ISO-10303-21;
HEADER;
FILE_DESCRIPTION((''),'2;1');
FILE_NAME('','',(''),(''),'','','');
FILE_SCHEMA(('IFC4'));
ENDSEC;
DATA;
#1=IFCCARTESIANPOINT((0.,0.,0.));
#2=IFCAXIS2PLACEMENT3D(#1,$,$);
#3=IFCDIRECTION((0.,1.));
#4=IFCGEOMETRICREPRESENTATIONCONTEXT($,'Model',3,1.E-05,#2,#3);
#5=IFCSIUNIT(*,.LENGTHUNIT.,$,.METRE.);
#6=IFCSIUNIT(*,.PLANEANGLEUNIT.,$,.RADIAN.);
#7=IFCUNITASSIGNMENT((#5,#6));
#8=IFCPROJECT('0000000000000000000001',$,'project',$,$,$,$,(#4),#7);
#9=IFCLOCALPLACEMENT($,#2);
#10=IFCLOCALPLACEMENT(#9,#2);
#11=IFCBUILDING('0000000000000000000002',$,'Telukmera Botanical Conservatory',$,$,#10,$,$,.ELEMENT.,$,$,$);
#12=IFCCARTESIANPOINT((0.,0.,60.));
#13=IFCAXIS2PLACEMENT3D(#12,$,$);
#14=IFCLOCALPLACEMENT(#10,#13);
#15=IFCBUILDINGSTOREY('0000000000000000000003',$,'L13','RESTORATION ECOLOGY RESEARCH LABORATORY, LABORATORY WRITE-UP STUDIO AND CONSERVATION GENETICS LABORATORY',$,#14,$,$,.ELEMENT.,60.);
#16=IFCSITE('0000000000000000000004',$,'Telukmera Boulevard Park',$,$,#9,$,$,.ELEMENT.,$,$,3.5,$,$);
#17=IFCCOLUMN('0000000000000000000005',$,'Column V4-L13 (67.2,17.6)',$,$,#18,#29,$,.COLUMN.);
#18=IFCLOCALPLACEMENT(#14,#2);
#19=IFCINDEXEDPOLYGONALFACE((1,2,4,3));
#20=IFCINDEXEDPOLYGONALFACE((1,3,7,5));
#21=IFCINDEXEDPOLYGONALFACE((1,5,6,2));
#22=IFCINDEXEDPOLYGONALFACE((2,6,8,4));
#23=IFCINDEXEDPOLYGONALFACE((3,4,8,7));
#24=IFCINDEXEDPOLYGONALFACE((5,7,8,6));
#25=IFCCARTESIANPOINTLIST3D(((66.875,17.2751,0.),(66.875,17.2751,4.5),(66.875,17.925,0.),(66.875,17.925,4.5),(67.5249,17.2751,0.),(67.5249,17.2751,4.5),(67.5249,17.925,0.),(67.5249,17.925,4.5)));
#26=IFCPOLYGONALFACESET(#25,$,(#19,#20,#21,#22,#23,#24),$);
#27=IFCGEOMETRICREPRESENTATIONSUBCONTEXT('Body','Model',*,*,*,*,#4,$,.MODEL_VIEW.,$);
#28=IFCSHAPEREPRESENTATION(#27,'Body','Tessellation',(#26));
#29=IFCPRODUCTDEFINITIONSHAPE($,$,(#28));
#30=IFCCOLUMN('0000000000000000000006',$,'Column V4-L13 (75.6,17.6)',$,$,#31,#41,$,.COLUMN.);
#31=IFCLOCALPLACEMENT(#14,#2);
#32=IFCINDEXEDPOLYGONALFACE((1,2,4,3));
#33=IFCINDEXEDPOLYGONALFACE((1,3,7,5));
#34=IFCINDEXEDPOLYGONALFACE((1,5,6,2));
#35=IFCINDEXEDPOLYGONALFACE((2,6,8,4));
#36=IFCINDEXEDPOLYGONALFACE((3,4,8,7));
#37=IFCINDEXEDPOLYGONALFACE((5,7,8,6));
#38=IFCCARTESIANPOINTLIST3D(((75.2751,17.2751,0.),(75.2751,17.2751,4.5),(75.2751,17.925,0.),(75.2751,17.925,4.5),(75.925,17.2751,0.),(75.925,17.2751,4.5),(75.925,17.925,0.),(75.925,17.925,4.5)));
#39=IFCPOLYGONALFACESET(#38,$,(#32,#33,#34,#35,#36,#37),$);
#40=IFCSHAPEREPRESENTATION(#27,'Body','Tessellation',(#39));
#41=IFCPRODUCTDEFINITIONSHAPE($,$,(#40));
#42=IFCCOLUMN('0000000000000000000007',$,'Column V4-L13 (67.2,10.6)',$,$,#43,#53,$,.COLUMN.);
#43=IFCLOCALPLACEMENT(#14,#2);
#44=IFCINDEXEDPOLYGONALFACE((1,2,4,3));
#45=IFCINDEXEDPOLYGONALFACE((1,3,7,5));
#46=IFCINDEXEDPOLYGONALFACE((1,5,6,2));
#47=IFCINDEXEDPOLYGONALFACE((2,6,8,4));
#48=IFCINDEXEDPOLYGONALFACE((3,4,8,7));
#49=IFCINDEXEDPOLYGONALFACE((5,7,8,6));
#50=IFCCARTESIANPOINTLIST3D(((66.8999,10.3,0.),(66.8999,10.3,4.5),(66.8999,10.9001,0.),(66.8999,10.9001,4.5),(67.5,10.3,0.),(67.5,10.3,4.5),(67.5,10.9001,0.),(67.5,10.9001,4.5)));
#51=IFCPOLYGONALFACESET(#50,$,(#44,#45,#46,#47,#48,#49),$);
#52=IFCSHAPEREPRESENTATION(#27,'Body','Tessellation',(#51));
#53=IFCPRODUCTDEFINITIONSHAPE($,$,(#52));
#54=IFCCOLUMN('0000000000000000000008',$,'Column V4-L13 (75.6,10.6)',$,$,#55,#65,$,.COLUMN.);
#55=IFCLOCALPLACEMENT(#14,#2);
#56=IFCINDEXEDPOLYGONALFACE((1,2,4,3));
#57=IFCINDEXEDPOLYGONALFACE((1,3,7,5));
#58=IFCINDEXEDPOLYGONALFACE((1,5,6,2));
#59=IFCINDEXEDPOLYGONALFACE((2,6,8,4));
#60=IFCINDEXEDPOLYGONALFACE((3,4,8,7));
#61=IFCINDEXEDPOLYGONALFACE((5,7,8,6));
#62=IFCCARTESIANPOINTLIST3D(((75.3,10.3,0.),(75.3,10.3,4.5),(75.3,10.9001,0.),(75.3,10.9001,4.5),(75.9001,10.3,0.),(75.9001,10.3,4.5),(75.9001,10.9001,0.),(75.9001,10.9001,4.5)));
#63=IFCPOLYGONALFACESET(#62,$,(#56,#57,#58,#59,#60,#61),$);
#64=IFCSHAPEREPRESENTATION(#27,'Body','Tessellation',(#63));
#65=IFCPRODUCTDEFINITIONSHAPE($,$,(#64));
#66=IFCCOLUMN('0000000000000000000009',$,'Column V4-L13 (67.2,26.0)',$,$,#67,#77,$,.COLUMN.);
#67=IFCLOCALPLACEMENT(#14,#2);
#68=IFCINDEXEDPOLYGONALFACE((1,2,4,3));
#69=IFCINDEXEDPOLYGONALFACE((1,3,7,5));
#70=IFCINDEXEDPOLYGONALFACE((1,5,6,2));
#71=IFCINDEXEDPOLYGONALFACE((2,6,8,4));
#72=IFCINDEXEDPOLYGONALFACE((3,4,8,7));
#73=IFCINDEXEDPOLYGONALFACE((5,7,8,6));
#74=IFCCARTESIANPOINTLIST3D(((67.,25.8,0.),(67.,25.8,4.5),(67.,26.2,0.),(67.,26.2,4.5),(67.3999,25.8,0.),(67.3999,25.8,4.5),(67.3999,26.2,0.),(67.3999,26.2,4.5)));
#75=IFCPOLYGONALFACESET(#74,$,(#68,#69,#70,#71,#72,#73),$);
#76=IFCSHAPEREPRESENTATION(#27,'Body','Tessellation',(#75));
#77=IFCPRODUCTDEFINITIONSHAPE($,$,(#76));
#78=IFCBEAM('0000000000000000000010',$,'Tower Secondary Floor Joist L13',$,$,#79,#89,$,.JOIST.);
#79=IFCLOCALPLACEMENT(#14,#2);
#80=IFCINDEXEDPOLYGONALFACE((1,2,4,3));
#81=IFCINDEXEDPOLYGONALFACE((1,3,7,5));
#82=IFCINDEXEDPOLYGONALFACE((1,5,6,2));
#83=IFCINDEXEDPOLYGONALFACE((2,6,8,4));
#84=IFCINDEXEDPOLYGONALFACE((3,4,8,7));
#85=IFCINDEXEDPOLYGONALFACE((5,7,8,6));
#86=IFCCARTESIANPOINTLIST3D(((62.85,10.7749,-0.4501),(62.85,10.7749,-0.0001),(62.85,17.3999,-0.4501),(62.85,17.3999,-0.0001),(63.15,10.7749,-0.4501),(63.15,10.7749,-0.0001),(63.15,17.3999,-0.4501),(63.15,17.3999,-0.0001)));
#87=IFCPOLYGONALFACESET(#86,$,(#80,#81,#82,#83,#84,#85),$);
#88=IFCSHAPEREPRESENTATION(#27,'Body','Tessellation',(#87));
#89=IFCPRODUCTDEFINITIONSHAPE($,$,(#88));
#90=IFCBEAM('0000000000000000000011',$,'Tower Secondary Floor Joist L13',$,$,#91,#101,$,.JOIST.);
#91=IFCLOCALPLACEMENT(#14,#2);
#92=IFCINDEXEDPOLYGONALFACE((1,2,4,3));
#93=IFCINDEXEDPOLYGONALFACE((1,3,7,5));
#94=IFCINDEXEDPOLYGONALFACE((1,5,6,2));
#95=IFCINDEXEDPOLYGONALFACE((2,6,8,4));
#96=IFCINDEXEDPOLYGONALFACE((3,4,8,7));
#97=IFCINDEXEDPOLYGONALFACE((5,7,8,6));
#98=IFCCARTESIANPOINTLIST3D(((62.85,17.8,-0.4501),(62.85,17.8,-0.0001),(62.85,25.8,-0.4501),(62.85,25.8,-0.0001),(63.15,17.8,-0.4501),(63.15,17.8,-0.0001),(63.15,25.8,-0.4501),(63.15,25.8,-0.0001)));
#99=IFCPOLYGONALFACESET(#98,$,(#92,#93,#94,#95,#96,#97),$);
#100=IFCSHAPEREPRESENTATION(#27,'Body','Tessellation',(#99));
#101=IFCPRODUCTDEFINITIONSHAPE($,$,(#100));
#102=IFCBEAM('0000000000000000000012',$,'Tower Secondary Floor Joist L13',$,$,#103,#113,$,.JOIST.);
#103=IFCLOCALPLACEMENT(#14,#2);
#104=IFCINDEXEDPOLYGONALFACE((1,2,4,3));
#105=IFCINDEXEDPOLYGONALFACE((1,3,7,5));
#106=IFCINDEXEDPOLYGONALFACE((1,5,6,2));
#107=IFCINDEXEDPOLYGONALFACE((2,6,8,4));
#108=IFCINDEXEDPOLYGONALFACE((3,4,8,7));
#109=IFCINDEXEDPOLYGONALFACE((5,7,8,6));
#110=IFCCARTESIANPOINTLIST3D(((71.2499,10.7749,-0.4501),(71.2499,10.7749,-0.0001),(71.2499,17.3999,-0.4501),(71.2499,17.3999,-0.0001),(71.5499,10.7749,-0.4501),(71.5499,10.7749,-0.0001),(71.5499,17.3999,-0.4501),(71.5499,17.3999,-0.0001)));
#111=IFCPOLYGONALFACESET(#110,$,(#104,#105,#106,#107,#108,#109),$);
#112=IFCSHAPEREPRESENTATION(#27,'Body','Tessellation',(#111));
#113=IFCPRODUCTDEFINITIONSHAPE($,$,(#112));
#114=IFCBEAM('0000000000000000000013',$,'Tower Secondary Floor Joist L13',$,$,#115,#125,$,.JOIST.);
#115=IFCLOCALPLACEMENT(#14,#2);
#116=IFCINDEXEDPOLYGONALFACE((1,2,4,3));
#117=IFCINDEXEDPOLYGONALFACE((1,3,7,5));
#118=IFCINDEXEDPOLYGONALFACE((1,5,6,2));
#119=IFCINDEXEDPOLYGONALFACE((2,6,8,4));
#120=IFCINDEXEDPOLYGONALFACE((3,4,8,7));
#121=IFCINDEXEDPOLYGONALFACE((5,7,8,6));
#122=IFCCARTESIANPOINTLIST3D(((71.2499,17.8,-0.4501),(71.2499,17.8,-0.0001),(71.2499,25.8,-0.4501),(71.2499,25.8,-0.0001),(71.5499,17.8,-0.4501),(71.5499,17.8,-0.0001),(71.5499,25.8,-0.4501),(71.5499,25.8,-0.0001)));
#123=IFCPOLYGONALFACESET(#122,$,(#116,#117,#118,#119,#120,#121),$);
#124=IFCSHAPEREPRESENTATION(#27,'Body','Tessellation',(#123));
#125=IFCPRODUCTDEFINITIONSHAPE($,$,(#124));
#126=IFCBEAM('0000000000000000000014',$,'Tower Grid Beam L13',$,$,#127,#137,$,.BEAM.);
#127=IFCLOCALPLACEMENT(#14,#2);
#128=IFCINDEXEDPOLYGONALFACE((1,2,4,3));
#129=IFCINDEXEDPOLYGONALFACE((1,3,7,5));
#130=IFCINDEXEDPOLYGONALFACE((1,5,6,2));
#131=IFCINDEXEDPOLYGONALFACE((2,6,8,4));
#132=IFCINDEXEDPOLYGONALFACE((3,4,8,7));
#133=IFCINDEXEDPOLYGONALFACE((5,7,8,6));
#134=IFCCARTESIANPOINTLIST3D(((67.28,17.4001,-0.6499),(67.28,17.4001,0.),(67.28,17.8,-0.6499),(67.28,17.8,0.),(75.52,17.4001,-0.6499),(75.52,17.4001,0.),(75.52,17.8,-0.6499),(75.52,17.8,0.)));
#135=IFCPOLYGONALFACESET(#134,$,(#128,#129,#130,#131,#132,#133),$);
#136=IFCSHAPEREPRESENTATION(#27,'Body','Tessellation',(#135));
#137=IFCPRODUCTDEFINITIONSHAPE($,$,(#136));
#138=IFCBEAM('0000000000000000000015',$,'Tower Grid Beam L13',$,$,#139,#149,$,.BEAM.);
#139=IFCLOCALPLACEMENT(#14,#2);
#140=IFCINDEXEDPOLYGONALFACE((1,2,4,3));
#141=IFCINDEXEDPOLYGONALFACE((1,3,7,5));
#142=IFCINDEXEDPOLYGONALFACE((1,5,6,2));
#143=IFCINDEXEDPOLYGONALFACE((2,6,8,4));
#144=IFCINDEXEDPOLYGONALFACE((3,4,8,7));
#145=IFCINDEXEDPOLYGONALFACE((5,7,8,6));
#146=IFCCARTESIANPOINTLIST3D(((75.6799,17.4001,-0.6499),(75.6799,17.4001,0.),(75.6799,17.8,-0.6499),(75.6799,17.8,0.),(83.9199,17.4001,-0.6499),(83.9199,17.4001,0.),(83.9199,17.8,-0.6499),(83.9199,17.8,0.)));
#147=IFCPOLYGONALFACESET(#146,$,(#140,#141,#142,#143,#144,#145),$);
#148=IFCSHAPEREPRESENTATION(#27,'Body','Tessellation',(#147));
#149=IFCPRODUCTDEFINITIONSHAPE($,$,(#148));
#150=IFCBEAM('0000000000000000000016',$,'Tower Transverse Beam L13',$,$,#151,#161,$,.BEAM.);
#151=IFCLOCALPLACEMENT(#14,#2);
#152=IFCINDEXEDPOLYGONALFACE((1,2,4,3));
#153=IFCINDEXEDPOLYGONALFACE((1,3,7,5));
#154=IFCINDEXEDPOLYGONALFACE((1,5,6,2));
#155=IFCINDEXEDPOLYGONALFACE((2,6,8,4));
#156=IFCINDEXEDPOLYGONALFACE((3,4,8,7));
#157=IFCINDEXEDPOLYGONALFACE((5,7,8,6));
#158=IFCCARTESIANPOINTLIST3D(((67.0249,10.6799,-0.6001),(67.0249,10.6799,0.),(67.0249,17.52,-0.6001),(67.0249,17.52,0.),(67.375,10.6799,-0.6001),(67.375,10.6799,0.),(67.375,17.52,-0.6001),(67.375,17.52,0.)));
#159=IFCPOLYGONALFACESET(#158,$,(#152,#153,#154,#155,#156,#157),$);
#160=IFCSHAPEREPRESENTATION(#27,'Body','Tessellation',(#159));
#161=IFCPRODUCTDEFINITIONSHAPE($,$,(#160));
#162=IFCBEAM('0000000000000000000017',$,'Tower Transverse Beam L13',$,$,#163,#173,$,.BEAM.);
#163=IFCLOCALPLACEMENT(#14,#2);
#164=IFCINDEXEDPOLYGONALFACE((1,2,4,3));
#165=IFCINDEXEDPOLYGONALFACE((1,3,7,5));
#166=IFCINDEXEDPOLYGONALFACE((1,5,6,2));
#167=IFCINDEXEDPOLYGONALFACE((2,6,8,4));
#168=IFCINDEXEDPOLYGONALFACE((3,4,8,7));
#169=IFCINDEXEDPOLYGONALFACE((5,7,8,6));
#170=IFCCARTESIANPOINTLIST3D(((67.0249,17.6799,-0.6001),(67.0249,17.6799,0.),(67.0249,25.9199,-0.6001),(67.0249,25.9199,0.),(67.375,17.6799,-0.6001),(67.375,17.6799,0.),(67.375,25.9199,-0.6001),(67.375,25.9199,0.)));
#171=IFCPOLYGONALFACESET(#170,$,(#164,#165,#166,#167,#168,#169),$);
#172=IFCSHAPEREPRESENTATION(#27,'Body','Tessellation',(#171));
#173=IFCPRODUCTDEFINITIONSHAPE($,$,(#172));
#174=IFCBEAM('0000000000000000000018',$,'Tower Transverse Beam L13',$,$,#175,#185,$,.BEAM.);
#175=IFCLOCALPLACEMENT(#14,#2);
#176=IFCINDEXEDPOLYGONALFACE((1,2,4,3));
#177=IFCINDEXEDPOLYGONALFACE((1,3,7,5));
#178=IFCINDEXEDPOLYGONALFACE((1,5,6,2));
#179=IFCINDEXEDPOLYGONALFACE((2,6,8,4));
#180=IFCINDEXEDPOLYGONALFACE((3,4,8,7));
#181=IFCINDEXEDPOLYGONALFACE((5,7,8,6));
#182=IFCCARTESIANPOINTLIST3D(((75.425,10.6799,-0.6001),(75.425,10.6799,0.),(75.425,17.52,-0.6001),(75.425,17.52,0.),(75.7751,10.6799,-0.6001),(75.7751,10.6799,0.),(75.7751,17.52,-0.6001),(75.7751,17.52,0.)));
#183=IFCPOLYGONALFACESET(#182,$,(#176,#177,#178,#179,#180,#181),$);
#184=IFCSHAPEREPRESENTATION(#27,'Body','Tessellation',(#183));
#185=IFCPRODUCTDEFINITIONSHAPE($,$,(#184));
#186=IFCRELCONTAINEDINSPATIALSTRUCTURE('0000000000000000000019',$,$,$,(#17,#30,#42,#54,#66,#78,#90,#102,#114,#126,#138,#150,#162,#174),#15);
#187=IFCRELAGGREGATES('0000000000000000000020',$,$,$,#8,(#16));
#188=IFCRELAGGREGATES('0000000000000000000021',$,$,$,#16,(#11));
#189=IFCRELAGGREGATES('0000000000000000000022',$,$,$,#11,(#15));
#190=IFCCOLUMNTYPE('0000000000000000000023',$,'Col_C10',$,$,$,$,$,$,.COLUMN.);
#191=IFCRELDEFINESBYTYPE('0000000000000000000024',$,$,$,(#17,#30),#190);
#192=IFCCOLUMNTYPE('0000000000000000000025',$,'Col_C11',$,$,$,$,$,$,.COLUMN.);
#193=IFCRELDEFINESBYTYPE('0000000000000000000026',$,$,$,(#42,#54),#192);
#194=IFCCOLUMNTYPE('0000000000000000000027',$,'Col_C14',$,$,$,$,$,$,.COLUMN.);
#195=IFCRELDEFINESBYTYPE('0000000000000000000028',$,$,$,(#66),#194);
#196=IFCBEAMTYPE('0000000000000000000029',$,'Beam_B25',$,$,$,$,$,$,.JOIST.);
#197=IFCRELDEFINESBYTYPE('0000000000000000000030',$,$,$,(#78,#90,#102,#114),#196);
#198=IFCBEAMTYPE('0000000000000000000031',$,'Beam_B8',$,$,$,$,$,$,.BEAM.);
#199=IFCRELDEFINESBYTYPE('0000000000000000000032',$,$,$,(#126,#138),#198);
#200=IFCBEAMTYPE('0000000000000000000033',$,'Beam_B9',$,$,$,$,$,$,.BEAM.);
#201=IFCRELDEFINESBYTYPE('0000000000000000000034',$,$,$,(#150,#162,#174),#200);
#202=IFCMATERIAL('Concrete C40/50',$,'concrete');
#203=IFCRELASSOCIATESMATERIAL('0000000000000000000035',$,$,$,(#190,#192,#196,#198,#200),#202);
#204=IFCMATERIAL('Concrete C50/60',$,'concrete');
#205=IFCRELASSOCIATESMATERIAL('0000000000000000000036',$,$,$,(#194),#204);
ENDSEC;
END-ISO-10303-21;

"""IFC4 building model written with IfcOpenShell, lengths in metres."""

from ifc_helpers import new_model, si_unit, direction, frame, origin, origin_2d, place, context, subcontext, project, spatial, rectangle, extrude, material, material_profile, profile_set, type_object, element, save


model = new_model("IFC4")

# Units and contexts
model_context = context("Model", 3, precision=1e-05, world=origin(), true_north=direction((0.0, 1.0)))
body_context = subcontext(model_context, "Body", "Model", "MODEL_VIEW")
ifc_project = project(units=[si_unit("LENGTHUNIT", "METRE"), si_unit("PLANEANGLEUNIT", "RADIAN")], contexts=[model_context])

# Site, building, storey
site_placement = place(None, origin())
site = spatial("IfcSite", under=ifc_project, at=site_placement, Name="Telukmera Boulevard Park", CompositionType="ELEMENT", RefElevation=3.5)
building_placement = place(site_placement, origin())
building = spatial("IfcBuilding", under=site, at=building_placement, Name="Telukmera Botanical Conservatory", CompositionType="ELEMENT")
storey_placement = place(building_placement, frame((0.0, 0.0, 60.0)))
storey = spatial("IfcBuildingStorey", under=building, at=storey_placement, Name="L13", Description="RESTORATION ECOLOGY RESEARCH LABORATORY, LABORATORY WRITE-UP STUDIO AND CONSERVATION GENETICS LABORATORY", CompositionType="ELEMENT", Elevation=60.0)

# Columns
ifc_material_1 = material(Name="Concrete C40/50", Category="concrete")
ifc_material_profile_1 = material_profile(ifc_material_1, rectangle(XDim=0.6499, YDim=0.6499, at=origin_2d()), Name="RC 650x650")
ifc_profile_set_1 = profile_set([ifc_material_profile_1], Name="Concrete C40/50")
column_type_1 = type_object("IfcColumnType", Name="Col_C10", PredefinedType="COLUMN", material=ifc_profile_set_1)
for number, where, z_axis, x_axis, name in (
    (1, (67.2, 17.6001, 0.0), (0.0, 0.0, 1.0), (1.0, 0.0, 0.0), "Column V4-L13 (67.2,17.6)"),
    (2, (75.6001, 17.6001, 0.0), (0.0, 0.0, 1.0), (1.0, 0.0, 0.0), "Column V4-L13 (75.6,17.6)"),
):
    element("IfcColumn", number, at=place(storey_placement, frame(where, z_axis=z_axis, x_axis=x_axis)), inside=storey, type_object=column_type_1, Name=name, PredefinedType="COLUMN", context=body_context, shape_type="SweptSolid", body=[
        extrude(rectangle(XDim=0.6499, YDim=0.6499, at=origin_2d()), origin(), (0.0, 0.0, 1.0), 4.5),
    ])
ifc_material_profile_2 = material_profile(ifc_material_1, rectangle(XDim=0.6001, YDim=0.6001, at=origin_2d()), Name="RC 600x600")
ifc_profile_set_2 = profile_set([ifc_material_profile_2], Name="Concrete C40/50")
column_type_2 = type_object("IfcColumnType", Name="Col_C11", PredefinedType="COLUMN", material=ifc_profile_set_2)
for number, where, z_axis, x_axis, name in (
    (3, (67.2, 10.6001, 0.0), (0.0, 0.0, 1.0), (1.0, 0.0, 0.0), "Column V4-L13 (67.2,10.6)"),
    (4, (75.6001, 10.6001, 0.0), (0.0, 0.0, 1.0), (1.0, 0.0, 0.0), "Column V4-L13 (75.6,10.6)"),
):
    element("IfcColumn", number, at=place(storey_placement, frame(where, z_axis=z_axis, x_axis=x_axis)), inside=storey, type_object=column_type_2, Name=name, PredefinedType="COLUMN", context=body_context, shape_type="SweptSolid", body=[
        extrude(rectangle(XDim=0.6001, YDim=0.6001, at=origin_2d()), origin(), (0.0, 0.0, 1.0), 4.5),
    ])
ifc_material_2 = material(Name="Concrete C50/60", Category="concrete")
ifc_material_profile_3 = material_profile(ifc_material_2, rectangle(XDim=0.3999, YDim=0.3999, at=origin_2d()), Name="RC 400x400")
ifc_profile_set_3 = profile_set([ifc_material_profile_3], Name="Concrete C50/60")
column_type_3 = type_object("IfcColumnType", Name="Col_C14", PredefinedType="COLUMN", material=ifc_profile_set_3)
column_placement = place(storey_placement, frame((67.2, 26.0, 0.0), z_axis=(0.0, 0.0, 1.0), x_axis=(1.0, 0.0, 0.0)))
element("IfcColumn", 5, at=column_placement, inside=storey, type_object=column_type_3, Name="Column V4-L13 (67.2,26.0)", PredefinedType="COLUMN", context=body_context, shape_type="SweptSolid", body=[
    extrude(rectangle(XDim=0.3999, YDim=0.3999, at=origin_2d()), origin(), (0.0, 0.0, 1.0), 4.5),
])

# Beams
ifc_material_profile_4 = material_profile(ifc_material_1, rectangle(XDim=0.3, YDim=0.45, at=origin_2d()), Name="RC 300x450")
ifc_profile_set_4 = profile_set([ifc_material_profile_4], Name="Concrete C40/50")
beam_type_1 = type_object("IfcBeamType", Name="Beam_B25", PredefinedType="JOIST", material=ifc_profile_set_4)
beam_1_placement = place(storey_placement, frame((63.0, 10.7749, -0.2251), z_axis=(0.0, 1.0, 0.0), x_axis=(-1.0, 0.0, 0.0)))
element("IfcBeam", 6, at=beam_1_placement, inside=storey, type_object=beam_type_1, Name="Tower Secondary Floor Joist L13", PredefinedType="JOIST", context=body_context, shape_type="SweptSolid", body=[
    extrude(rectangle(XDim=0.3, YDim=0.45, at=origin_2d()), origin(), (0.0, 0.0, 1.0), 6.625),
])
beam_2_placement = place(storey_placement, frame((63.0, 17.8, -0.2251), z_axis=(0.0, 1.0, 0.0), x_axis=(-1.0, 0.0, 0.0)))
element("IfcBeam", 7, at=beam_2_placement, inside=storey, type_object=beam_type_1, Name="Tower Secondary Floor Joist L13", PredefinedType="JOIST", context=body_context, shape_type="SweptSolid", body=[
    extrude(rectangle(XDim=0.3, YDim=0.45, at=origin_2d()), origin(), (0.0, 0.0, 1.0), 8.0),
])
beam_3_placement = place(storey_placement, frame((71.3999, 10.7749, -0.2251), z_axis=(0.0, 1.0, 0.0), x_axis=(-1.0, 0.0, 0.0)))
element("IfcBeam", 8, at=beam_3_placement, inside=storey, type_object=beam_type_1, Name="Tower Secondary Floor Joist L13", PredefinedType="JOIST", context=body_context, shape_type="SweptSolid", body=[
    extrude(rectangle(XDim=0.3, YDim=0.45, at=origin_2d()), origin(), (0.0, 0.0, 1.0), 6.625),
])
beam_4_placement = place(storey_placement, frame((71.3999, 17.8, -0.2251), z_axis=(0.0, 1.0, 0.0), x_axis=(-1.0, 0.0, 0.0)))
element("IfcBeam", 9, at=beam_4_placement, inside=storey, type_object=beam_type_1, Name="Tower Secondary Floor Joist L13", PredefinedType="JOIST", context=body_context, shape_type="SweptSolid", body=[
    extrude(rectangle(XDim=0.3, YDim=0.45, at=origin_2d()), origin(), (0.0, 0.0, 1.0), 8.0),
])
ifc_material_profile_5 = material_profile(ifc_material_1, rectangle(XDim=0.3999, YDim=0.6499, at=origin_2d()), Name="RC 400x650")
ifc_profile_set_5 = profile_set([ifc_material_profile_5], Name="Concrete C40/50")
beam_type_2 = type_object("IfcBeamType", Name="Beam_B8", PredefinedType="BEAM", material=ifc_profile_set_5)
for number, where, z_axis, x_axis, name in (
    (10, (67.28, 17.6001, -0.325), (1.0, 0.0, 0.0), (0.0, 1.0, 0.0), "Tower Grid Beam L13"),
    (11, (75.6799, 17.6001, -0.325), (1.0, 0.0, 0.0), (0.0, 1.0, 0.0), "Tower Grid Beam L13"),
):
    element("IfcBeam", number, at=place(storey_placement, frame(where, z_axis=z_axis, x_axis=x_axis)), inside=storey, type_object=beam_type_2, Name=name, PredefinedType="BEAM", context=body_context, shape_type="SweptSolid", body=[
        extrude(rectangle(XDim=0.3999, YDim=0.6499, at=origin_2d()), origin(), (0.0, 0.0, 1.0), 8.24),
    ])
ifc_material_profile_6 = material_profile(ifc_material_1, rectangle(XDim=0.3501, YDim=0.6001, at=origin_2d()), Name="RC 350x600")
ifc_profile_set_6 = profile_set([ifc_material_profile_6], Name="Concrete C40/50")
beam_type_3 = type_object("IfcBeamType", Name="Beam_B9", PredefinedType="BEAM", material=ifc_profile_set_6)
beam_5_placement = place(storey_placement, frame((67.2, 10.6799, -0.3), z_axis=(0.0, 1.0, 0.0), x_axis=(-1.0, 0.0, 0.0)))
element("IfcBeam", 12, at=beam_5_placement, inside=storey, type_object=beam_type_3, Name="Tower Transverse Beam L13", PredefinedType="BEAM", context=body_context, shape_type="SweptSolid", body=[
    extrude(rectangle(XDim=0.3501, YDim=0.6001, at=origin_2d()), origin(), (0.0, 0.0, 1.0), 6.8401),
])
beam_6_placement = place(storey_placement, frame((67.2, 17.6799, -0.3), z_axis=(0.0, 1.0, 0.0), x_axis=(-1.0, 0.0, 0.0)))
element("IfcBeam", 13, at=beam_6_placement, inside=storey, type_object=beam_type_3, Name="Tower Transverse Beam L13", PredefinedType="BEAM", context=body_context, shape_type="SweptSolid", body=[
    extrude(rectangle(XDim=0.3501, YDim=0.6001, at=origin_2d()), origin(), (0.0, 0.0, 1.0), 8.24),
])
beam_7_placement = place(storey_placement, frame((75.6001, 10.6799, -0.3), z_axis=(0.0, 1.0, 0.0), x_axis=(-1.0, 0.0, 0.0)))
element("IfcBeam", 14, at=beam_7_placement, inside=storey, type_object=beam_type_3, Name="Tower Transverse Beam L13", PredefinedType="BEAM", context=body_context, shape_type="SweptSolid", body=[
    extrude(rectangle(XDim=0.3501, YDim=0.6001, at=origin_2d()), origin(), (0.0, 0.0, 1.0), 6.8401),
])

save(model, "model.ifc")
